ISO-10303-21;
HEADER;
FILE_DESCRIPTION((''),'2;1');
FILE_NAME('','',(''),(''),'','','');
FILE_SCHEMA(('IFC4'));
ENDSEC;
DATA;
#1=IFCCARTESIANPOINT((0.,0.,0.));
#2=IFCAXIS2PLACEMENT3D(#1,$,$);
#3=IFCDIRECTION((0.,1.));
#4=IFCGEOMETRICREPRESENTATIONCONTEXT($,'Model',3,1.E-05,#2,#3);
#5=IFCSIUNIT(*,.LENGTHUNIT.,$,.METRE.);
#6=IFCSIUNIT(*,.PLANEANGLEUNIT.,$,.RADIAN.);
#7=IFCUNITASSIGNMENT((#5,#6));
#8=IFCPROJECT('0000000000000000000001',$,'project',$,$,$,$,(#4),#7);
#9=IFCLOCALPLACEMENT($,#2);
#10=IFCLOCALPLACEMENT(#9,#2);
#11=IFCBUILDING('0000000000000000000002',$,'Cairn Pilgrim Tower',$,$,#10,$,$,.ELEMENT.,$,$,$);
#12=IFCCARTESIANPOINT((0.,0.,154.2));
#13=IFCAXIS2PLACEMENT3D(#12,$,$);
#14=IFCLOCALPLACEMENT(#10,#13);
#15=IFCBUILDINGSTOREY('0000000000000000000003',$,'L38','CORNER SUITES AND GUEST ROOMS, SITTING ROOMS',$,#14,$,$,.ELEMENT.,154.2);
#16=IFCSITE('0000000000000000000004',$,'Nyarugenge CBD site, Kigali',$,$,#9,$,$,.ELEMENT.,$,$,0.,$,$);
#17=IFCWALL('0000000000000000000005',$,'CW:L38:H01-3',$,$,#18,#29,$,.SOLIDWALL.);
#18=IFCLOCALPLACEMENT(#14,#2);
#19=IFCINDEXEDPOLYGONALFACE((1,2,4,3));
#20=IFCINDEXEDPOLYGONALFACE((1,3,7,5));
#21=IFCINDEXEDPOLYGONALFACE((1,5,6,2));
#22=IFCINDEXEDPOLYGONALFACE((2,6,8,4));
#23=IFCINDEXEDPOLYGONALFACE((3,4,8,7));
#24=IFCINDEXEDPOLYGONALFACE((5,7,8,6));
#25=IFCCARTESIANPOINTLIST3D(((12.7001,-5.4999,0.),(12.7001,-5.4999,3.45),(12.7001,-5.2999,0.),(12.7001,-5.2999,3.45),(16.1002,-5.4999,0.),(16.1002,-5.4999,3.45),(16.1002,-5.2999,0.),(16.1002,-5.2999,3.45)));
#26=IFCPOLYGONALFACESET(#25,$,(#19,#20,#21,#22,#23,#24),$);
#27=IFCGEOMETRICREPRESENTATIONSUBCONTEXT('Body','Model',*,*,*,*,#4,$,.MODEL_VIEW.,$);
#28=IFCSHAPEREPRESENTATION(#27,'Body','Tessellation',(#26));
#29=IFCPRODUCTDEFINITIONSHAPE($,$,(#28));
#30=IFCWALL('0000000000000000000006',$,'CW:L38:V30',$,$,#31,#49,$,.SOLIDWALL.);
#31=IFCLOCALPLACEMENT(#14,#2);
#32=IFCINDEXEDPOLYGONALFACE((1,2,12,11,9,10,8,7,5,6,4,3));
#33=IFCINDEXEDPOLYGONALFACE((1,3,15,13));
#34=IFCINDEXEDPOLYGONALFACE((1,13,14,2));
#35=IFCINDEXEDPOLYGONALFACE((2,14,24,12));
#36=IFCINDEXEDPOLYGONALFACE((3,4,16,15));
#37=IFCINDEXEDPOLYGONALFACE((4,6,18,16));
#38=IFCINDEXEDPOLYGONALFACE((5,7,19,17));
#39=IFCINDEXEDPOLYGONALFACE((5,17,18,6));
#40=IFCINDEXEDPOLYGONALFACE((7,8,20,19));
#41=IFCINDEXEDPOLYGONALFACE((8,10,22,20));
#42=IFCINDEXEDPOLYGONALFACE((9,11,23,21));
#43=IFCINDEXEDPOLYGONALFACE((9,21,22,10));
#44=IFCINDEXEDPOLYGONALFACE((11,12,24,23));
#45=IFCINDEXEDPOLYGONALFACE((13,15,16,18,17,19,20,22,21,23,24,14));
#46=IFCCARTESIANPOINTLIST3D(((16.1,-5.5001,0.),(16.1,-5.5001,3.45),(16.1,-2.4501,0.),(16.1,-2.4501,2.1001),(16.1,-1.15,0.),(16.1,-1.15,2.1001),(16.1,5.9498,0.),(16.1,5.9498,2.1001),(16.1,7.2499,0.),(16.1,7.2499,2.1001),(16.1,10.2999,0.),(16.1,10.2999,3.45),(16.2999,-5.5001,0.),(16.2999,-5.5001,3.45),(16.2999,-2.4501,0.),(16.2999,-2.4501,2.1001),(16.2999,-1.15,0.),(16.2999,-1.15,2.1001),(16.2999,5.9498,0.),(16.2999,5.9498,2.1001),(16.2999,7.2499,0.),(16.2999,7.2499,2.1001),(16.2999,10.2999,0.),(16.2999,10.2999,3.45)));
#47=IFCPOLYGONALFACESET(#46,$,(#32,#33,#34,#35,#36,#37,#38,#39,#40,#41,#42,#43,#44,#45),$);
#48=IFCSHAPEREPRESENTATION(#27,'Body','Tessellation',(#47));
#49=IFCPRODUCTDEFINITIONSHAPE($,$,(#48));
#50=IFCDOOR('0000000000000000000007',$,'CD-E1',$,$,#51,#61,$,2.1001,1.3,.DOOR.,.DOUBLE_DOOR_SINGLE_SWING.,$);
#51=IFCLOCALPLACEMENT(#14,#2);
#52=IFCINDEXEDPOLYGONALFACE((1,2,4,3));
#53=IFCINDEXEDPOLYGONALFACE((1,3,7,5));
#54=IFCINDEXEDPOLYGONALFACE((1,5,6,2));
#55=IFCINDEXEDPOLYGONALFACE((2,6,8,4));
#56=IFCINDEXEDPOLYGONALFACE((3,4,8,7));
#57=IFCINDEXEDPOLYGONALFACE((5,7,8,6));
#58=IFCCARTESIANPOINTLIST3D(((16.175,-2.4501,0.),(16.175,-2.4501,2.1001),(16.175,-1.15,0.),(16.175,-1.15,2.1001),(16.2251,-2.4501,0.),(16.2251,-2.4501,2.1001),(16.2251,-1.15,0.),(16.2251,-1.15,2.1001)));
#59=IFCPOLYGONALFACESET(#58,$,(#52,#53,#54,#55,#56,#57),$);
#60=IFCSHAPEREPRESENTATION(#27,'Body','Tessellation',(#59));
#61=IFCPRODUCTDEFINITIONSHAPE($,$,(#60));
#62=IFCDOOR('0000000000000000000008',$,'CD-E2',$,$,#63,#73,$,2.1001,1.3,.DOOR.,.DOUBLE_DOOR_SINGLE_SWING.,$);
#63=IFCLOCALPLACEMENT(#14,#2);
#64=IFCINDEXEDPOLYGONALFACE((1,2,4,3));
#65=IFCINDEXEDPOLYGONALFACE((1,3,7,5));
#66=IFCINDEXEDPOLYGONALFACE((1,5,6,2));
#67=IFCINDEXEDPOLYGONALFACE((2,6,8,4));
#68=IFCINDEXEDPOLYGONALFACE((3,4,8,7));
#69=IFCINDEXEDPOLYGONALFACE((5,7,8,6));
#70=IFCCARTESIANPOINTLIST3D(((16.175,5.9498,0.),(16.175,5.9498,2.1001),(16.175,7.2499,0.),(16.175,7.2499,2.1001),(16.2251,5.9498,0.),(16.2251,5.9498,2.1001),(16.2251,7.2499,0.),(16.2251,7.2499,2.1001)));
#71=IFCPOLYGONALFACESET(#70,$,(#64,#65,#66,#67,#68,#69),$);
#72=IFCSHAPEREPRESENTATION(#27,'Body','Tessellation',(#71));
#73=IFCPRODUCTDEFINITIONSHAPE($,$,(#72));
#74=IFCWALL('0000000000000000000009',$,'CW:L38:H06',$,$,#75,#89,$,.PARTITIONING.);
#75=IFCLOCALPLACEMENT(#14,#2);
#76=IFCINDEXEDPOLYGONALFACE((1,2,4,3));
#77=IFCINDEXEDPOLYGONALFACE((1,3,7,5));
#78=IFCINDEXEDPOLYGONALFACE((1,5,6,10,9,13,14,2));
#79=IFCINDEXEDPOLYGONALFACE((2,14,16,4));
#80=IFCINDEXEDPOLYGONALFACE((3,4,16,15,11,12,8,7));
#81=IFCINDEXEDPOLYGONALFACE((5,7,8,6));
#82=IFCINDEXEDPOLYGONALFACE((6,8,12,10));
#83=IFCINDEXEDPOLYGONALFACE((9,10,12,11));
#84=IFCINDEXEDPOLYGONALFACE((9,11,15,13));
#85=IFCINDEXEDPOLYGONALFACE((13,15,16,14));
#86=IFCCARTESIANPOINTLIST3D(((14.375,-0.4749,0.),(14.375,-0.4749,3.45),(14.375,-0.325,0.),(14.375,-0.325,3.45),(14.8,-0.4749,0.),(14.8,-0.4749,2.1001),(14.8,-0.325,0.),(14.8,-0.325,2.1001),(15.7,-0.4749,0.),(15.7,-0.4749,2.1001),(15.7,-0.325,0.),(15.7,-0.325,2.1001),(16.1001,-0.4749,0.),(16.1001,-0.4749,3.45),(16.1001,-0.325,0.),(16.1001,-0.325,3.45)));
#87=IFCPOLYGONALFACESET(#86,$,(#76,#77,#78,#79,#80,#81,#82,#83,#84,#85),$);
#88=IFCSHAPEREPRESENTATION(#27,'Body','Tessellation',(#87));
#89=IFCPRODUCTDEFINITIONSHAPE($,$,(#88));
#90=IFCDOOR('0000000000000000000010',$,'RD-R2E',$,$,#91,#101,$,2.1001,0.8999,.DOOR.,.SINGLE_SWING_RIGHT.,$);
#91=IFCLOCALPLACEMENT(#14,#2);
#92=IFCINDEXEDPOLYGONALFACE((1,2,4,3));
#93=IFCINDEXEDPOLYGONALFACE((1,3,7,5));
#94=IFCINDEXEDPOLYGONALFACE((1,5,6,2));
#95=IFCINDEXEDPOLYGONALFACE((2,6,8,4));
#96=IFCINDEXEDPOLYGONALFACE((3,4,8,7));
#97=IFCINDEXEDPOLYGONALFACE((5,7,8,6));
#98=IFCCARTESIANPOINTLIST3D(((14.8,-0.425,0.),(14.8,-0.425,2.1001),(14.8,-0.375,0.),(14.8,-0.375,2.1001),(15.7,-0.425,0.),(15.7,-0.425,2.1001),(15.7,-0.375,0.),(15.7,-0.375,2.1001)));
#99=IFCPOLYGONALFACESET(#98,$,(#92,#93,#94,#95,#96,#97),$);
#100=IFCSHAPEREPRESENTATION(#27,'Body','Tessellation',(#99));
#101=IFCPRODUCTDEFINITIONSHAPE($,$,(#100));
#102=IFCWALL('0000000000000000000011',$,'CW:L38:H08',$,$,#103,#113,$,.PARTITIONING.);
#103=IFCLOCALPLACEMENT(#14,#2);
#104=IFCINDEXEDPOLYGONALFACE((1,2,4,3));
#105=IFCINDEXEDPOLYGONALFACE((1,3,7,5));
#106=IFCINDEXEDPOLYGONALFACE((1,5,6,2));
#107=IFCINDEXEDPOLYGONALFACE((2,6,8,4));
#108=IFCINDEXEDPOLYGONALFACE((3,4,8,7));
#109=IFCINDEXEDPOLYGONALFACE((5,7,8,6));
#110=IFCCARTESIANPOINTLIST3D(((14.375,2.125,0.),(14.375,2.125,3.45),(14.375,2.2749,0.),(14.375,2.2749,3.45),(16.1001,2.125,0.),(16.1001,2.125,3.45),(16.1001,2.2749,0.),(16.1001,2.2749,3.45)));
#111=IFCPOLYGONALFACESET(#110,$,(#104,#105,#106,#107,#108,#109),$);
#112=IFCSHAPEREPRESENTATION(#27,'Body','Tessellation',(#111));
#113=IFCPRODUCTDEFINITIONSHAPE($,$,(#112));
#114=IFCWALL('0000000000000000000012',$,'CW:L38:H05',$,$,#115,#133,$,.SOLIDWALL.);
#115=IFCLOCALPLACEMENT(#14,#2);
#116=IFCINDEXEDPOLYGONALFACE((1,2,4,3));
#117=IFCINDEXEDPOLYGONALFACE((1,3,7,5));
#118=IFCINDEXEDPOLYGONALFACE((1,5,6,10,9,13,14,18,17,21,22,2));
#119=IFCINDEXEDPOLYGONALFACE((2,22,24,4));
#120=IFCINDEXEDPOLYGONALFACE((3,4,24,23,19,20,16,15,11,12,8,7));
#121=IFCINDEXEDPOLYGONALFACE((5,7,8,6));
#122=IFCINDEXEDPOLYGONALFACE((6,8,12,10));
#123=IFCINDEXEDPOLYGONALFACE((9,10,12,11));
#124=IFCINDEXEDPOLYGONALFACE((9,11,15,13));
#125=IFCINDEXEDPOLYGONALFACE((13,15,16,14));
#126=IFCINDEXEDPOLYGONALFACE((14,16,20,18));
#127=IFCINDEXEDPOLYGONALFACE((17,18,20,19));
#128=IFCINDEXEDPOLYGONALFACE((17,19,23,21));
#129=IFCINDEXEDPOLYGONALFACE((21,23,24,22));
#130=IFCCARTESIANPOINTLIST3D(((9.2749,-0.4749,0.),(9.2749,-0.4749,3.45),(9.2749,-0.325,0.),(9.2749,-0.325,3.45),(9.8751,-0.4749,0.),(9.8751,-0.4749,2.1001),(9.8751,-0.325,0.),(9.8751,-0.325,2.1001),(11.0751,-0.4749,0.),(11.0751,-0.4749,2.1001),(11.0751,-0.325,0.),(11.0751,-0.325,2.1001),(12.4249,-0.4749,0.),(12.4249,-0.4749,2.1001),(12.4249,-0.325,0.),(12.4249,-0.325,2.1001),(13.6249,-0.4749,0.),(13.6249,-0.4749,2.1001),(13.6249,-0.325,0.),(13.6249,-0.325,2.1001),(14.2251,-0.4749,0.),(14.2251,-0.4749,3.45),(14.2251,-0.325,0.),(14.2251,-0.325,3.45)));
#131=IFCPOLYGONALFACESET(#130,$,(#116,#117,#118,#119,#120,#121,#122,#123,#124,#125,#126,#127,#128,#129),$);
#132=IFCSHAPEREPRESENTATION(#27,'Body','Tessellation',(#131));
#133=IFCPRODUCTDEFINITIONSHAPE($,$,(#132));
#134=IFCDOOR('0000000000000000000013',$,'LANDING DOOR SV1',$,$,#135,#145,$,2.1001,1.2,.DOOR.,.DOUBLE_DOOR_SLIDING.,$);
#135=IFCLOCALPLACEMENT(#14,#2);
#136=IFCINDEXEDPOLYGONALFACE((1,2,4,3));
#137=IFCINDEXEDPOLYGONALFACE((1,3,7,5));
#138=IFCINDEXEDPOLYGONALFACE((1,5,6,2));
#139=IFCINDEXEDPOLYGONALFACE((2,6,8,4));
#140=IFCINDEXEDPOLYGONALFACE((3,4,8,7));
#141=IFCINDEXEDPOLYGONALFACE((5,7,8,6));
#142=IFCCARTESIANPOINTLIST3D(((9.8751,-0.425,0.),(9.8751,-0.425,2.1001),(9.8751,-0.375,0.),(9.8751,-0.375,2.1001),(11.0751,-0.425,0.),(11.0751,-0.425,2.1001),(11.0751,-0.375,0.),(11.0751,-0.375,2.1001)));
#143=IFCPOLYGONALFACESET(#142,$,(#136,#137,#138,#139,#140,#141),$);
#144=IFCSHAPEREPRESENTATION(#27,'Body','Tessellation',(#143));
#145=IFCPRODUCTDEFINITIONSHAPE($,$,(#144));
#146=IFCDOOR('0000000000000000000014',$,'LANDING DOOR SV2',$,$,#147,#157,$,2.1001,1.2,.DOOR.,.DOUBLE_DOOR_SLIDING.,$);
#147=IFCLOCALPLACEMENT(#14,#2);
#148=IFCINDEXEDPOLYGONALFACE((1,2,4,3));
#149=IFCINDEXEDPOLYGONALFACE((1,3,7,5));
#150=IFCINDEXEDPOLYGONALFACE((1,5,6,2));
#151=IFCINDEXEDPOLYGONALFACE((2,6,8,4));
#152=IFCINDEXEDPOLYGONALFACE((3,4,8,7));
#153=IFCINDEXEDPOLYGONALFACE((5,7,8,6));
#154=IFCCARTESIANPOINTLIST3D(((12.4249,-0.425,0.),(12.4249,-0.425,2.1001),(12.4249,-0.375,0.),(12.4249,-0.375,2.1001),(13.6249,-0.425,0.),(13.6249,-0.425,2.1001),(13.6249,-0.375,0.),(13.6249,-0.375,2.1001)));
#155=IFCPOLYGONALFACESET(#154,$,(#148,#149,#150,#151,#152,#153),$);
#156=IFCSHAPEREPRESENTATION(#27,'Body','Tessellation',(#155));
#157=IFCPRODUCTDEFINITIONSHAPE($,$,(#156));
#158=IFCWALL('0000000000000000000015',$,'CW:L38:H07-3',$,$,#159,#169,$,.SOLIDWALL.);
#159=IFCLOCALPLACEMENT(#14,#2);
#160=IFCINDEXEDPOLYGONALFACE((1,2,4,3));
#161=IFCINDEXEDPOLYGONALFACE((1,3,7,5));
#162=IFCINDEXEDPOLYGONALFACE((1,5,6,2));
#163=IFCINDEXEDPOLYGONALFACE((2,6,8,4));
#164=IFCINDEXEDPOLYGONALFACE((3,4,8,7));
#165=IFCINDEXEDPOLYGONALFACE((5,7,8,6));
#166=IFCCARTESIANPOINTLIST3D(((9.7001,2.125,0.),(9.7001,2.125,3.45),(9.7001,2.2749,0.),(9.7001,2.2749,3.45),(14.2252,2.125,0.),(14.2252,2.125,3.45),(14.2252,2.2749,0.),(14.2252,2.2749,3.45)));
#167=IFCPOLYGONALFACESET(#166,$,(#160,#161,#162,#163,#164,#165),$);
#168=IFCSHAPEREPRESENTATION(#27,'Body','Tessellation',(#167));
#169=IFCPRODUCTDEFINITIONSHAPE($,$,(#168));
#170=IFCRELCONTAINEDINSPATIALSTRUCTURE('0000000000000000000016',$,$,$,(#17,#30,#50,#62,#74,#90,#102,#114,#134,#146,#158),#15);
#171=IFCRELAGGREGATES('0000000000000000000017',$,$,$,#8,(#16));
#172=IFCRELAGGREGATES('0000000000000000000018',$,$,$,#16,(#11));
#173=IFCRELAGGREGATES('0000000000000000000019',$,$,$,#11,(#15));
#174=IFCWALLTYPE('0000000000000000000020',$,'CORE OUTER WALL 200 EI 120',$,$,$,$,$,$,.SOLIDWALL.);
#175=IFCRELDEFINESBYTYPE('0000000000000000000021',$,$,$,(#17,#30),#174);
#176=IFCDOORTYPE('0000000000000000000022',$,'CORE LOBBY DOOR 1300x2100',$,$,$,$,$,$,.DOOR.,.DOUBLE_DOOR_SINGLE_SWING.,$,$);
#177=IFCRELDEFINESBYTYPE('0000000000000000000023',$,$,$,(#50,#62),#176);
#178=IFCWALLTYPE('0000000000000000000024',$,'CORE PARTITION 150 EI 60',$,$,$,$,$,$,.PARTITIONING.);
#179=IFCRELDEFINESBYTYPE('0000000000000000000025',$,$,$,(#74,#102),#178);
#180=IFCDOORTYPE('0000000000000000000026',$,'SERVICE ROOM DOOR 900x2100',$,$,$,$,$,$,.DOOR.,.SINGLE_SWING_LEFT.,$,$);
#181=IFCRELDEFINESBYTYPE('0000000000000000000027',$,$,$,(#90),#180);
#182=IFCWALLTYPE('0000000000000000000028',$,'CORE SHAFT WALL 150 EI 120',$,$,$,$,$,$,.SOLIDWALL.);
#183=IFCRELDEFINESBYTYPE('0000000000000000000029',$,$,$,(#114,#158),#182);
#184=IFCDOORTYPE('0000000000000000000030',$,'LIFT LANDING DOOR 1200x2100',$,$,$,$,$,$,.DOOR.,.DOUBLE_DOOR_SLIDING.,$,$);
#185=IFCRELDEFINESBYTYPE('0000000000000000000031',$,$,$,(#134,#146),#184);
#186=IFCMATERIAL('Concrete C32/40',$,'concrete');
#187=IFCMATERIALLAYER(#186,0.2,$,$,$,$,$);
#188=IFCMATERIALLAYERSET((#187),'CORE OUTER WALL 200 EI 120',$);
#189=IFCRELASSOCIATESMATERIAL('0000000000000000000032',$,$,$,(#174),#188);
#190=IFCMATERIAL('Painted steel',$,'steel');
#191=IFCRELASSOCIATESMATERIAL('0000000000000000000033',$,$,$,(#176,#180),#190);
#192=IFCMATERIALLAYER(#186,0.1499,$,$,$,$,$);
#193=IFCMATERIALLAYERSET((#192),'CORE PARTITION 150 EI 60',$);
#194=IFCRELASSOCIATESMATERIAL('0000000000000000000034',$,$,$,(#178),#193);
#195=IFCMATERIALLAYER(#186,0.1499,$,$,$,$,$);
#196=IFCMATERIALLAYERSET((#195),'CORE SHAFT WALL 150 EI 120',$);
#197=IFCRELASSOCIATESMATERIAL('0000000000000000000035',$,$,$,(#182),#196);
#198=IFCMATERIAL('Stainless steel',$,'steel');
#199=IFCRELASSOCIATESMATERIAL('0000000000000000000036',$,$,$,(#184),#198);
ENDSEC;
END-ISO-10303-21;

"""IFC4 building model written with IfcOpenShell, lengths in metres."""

from ifc_helpers import new_model, si_unit, direction, frame, frame_2d, origin, place, context, subcontext, project, spatial, rectangle, extrude, material, layer, layer_set, type_object, element, fill, save


model = new_model("IFC4")

# Units and contexts
model_context = context("Model", 3, precision=1e-05, world=origin(), true_north=direction((0.0, 1.0)))
body_context = subcontext(model_context, "Body", "Model", "MODEL_VIEW")
ifc_project = project(units=[si_unit("LENGTHUNIT", "METRE"), si_unit("PLANEANGLEUNIT", "RADIAN")], contexts=[model_context])

# Site, building, storey
site_placement = place(None, origin())
site = spatial("IfcSite", under=ifc_project, at=site_placement, Name="Nyarugenge CBD site, Kigali", CompositionType="ELEMENT", RefElevation=0.0)
building_placement = place(site_placement, origin())
building = spatial("IfcBuilding", under=site, at=building_placement, Name="Cairn Pilgrim Tower", CompositionType="ELEMENT")
storey_placement = place(building_placement, frame((0.0, 0.0, 154.2)))
storey = spatial("IfcBuildingStorey", under=building, at=storey_placement, Name="L38", Description="CORNER SUITES AND GUEST ROOMS, SITTING ROOMS", CompositionType="ELEMENT", Elevation=154.2)

# Wall
ifc_material_1 = material(Name="Concrete C32/40", Category="concrete")
ifc_layer_1 = layer(ifc_material_1, 0.2)
ifc_layer_set_1 = layer_set([ifc_layer_1], Name="CORE OUTER WALL 200 EI 120")
wall_type_1 = type_object("IfcWallType", Name="CORE OUTER WALL 200 EI 120", PredefinedType="SOLIDWALL", material=ifc_layer_set_1)
wall_1_placement = place(storey_placement, frame((12.7, -5.3999, 0.0), z_axis=(0.0, 0.0, 1.0), x_axis=(1.0, 0.0, 0.0)))
element("IfcWall", 1, at=wall_1_placement, inside=storey, type_object=wall_type_1, Name="CW:L38:H01-3", PredefinedType="SOLIDWALL", context=body_context, shape_type="SweptSolid", body=[
    extrude(rectangle(XDim=3.4001, YDim=0.2, at=frame_2d((1.7002, 0.0))), origin(), (0.0, 0.0, 1.0), 3.45),
])

# Wall, openings, doors
wall_2_placement = place(storey_placement, frame((16.2, -5.5, 0.0), z_axis=(0.0, 0.0, 1.0), x_axis=(0.0, 1.0, 0.0)))
wall_2 = element("IfcWall", 2, at=wall_2_placement, inside=storey, type_object=wall_type_1, Name="CW:L38:V30", PredefinedType="SOLIDWALL", context=body_context, shape_type="SweptSolid", body=[
    extrude(rectangle(XDim=15.8, YDim=0.2, at=frame_2d((7.8999, 0.0))), origin(), (0.0, 0.0, 1.0), 3.45),
])
opening_1_placement = place(wall_2_placement, frame((3.05, 0.0, 0.0)))
opening_1 = element("IfcOpeningElement", 3, at=opening_1_placement, cuts=wall_2, PredefinedType="OPENING", context=body_context, shape_type="SweptSolid", body=[
    extrude(rectangle(XDim=1.3, YDim=2.1001, at=frame_2d((0.6499, 1.05))), frame((0.0, 0.1099, 0.0), z_axis=(0.0, -1.0, 0.0), x_axis=(1.0, 0.0, 0.0)), (0.0, 0.0, 1.0), 0.22),
])
opening_2_placement = place(wall_2_placement, frame((11.45, 0.0, 0.0)))
opening_2 = element("IfcOpeningElement", 4, at=opening_2_placement, cuts=wall_2, PredefinedType="OPENING", context=body_context, shape_type="SweptSolid", body=[
    extrude(rectangle(XDim=1.3, YDim=2.1001, at=frame_2d((0.6499, 1.05))), frame((0.0, 0.1099, 0.0), z_axis=(0.0, -1.0, 0.0), x_axis=(1.0, 0.0, 0.0)), (0.0, 0.0, 1.0), 0.22),
])
ifc_material_2 = material(Name="Painted steel", Category="steel")
door_type_1 = type_object("IfcDoorType", Name="CORE LOBBY DOOR 1300x2100", OperationType="DOUBLE_DOOR_SINGLE_SWING", PredefinedType="DOOR", material=ifc_material_2)
door_1_placement = place(opening_1_placement, origin())
door_1 = element("IfcDoor", 5, at=door_1_placement, inside=storey, type_object=door_type_1, Name="CD-E1", OperationType="DOUBLE_DOOR_SINGLE_SWING", OverallHeight=2.1001, OverallWidth=1.3, PredefinedType="DOOR", context=body_context, shape_type="SweptSolid", body=[
    extrude(rectangle(XDim=1.3, YDim=2.1001, at=frame_2d((0.6499, 1.05))), frame((0.0, 0.0249, 0.0), z_axis=(0.0, -1.0, 0.0), x_axis=(1.0, 0.0, 0.0)), (0.0, 0.0, 1.0), 0.05),
])
fill(opening_1, door_1)
door_2_placement = place(opening_2_placement, origin())
door_2 = element("IfcDoor", 6, at=door_2_placement, inside=storey, type_object=door_type_1, Name="CD-E2", OperationType="DOUBLE_DOOR_SINGLE_SWING", OverallHeight=2.1001, OverallWidth=1.3, PredefinedType="DOOR", context=body_context, shape_type="SweptSolid", body=[
    extrude(rectangle(XDim=1.3, YDim=2.1001, at=frame_2d((0.6499, 1.05))), frame((0.0, 0.0249, 0.0), z_axis=(0.0, -1.0, 0.0), x_axis=(1.0, 0.0, 0.0)), (0.0, 0.0, 1.0), 0.05),
])
fill(opening_2, door_2)

# Wall, opening, door
ifc_layer_2 = layer(ifc_material_1, 0.1499)
ifc_layer_set_2 = layer_set([ifc_layer_2], Name="CORE PARTITION 150 EI 60")
wall_type_2 = type_object("IfcWallType", Name="CORE PARTITION 150 EI 60", PredefinedType="PARTITIONING", material=ifc_layer_set_2)
wall_3_placement = place(storey_placement, frame((14.375, -0.3999, 0.0), z_axis=(0.0, 0.0, 1.0), x_axis=(1.0, 0.0, 0.0)))
wall_3 = element("IfcWall", 7, at=wall_3_placement, inside=storey, type_object=wall_type_2, Name="CW:L38:H06", PredefinedType="PARTITIONING", context=body_context, shape_type="SweptSolid", body=[
    extrude(rectangle(XDim=1.7251, YDim=0.1499, at=frame_2d((0.8625, 0.0))), origin(), (0.0, 0.0, 1.0), 3.45),
])
opening_3_placement = place(wall_3_placement, frame((0.425, 0.0, 0.0)))
opening_3 = element("IfcOpeningElement", 8, at=opening_3_placement, cuts=wall_3, PredefinedType="OPENING", context=body_context, shape_type="SweptSolid", body=[
    extrude(rectangle(XDim=0.8999, YDim=2.1001, at=frame_2d((0.45, 1.05))), frame((0.0, 0.085, 0.0), z_axis=(0.0, -1.0, 0.0), x_axis=(1.0, 0.0, 0.0)), (0.0, 0.0, 1.0), 0.1699),
])
door_type_2 = type_object("IfcDoorType", Name="SERVICE ROOM DOOR 900x2100", OperationType="SINGLE_SWING_LEFT", PredefinedType="DOOR", material=ifc_material_2)
door_3_placement = place(opening_3_placement, origin())
door_3 = element("IfcDoor", 9, at=door_3_placement, inside=storey, type_object=door_type_2, Name="RD-R2E", OperationType="SINGLE_SWING_RIGHT", OverallHeight=2.1001, OverallWidth=0.8999, PredefinedType="DOOR", context=body_context, shape_type="SweptSolid", body=[
    extrude(rectangle(XDim=0.8999, YDim=2.1001, at=frame_2d((0.45, 1.05))), frame((0.0, 0.0249, 0.0), z_axis=(0.0, -1.0, 0.0), x_axis=(1.0, 0.0, 0.0)), (0.0, 0.0, 1.0), 0.05),
])
fill(opening_3, door_3)

# Wall
wall_4_placement = place(storey_placement, frame((14.375, 2.2, 0.0), z_axis=(0.0, 0.0, 1.0), x_axis=(1.0, 0.0, 0.0)))
element("IfcWall", 10, at=wall_4_placement, inside=storey, type_object=wall_type_2, Name="CW:L38:H08", PredefinedType="PARTITIONING", context=body_context, shape_type="SweptSolid", body=[
    extrude(rectangle(XDim=1.7251, YDim=0.1499, at=frame_2d((0.8625, 0.0))), origin(), (0.0, 0.0, 1.0), 3.45),
])

# Wall, openings, doors
ifc_layer_3 = layer(ifc_material_1, 0.1499)
ifc_layer_set_3 = layer_set([ifc_layer_3], Name="CORE SHAFT WALL 150 EI 120")
wall_type_3 = type_object("IfcWallType", Name="CORE SHAFT WALL 150 EI 120", PredefinedType="SOLIDWALL", material=ifc_layer_set_3)
wall_5_placement = place(storey_placement, frame((9.2749, -0.3999, 0.0), z_axis=(0.0, 0.0, 1.0), x_axis=(1.0, 0.0, 0.0)))
wall_5 = element("IfcWall", 11, at=wall_5_placement, inside=storey, type_object=wall_type_3, Name="CW:L38:H05", PredefinedType="SOLIDWALL", context=body_context, shape_type="SweptSolid", body=[
    extrude(rectangle(XDim=4.9502, YDim=0.1499, at=frame_2d((2.4751, 0.0))), origin(), (0.0, 0.0, 1.0), 3.45),
])
opening_4_placement = place(wall_5_placement, frame((0.6001, 0.0, 0.0)))
opening_4 = element("IfcOpeningElement", 12, at=opening_4_placement, cuts=wall_5, PredefinedType="OPENING", context=body_context, shape_type="SweptSolid", body=[
    extrude(rectangle(XDim=1.2, YDim=2.1001, at=frame_2d((0.6001, 1.05))), frame((0.0, 0.085, 0.0), z_axis=(0.0, -1.0, 0.0), x_axis=(1.0, 0.0, 0.0)), (0.0, 0.0, 1.0), 0.1699),
])
opening_5_placement = place(wall_5_placement, frame((3.1499, 0.0, 0.0)))
opening_5 = element("IfcOpeningElement", 13, at=opening_5_placement, cuts=wall_5, PredefinedType="OPENING", context=body_context, shape_type="SweptSolid", body=[
    extrude(rectangle(XDim=1.2, YDim=2.1001, at=frame_2d((0.6001, 1.05))), frame((0.0, 0.085, 0.0), z_axis=(0.0, -1.0, 0.0), x_axis=(1.0, 0.0, 0.0)), (0.0, 0.0, 1.0), 0.1699),
])
ifc_material_3 = material(Name="Stainless steel", Category="steel")
door_type_3 = type_object("IfcDoorType", Name="LIFT LANDING DOOR 1200x2100", OperationType="DOUBLE_DOOR_SLIDING", PredefinedType="DOOR", material=ifc_material_3)
door_4_placement = place(opening_4_placement, origin())
door_4 = element("IfcDoor", 14, at=door_4_placement, inside=storey, type_object=door_type_3, Name="LANDING DOOR SV1", OperationType="DOUBLE_DOOR_SLIDING", OverallHeight=2.1001, OverallWidth=1.2, PredefinedType="DOOR", context=body_context, shape_type="SweptSolid", body=[
    extrude(rectangle(XDim=1.2, YDim=2.1001, at=frame_2d((0.6001, 1.05))), frame((0.0, 0.0249, 0.0), z_axis=(0.0, -1.0, 0.0), x_axis=(1.0, 0.0, 0.0)), (0.0, 0.0, 1.0), 0.05),
])
fill(opening_4, door_4)
door_5_placement = place(opening_5_placement, origin())
door_5 = element("IfcDoor", 15, at=door_5_placement, inside=storey, type_object=door_type_3, Name="LANDING DOOR SV2", OperationType="DOUBLE_DOOR_SLIDING", OverallHeight=2.1001, OverallWidth=1.2, PredefinedType="DOOR", context=body_context, shape_type="SweptSolid", body=[
    extrude(rectangle(XDim=1.2, YDim=2.1001, at=frame_2d((0.6001, 1.05))), frame((0.0, 0.0249, 0.0), z_axis=(0.0, -1.0, 0.0), x_axis=(1.0, 0.0, 0.0)), (0.0, 0.0, 1.0), 0.05),
])
fill(opening_5, door_5)

# Wall
wall_6_placement = place(storey_placement, frame((9.7, 2.2, 0.0), z_axis=(0.0, 0.0, 1.0), x_axis=(1.0, 0.0, 0.0)))
element("IfcWall", 16, at=wall_6_placement, inside=storey, type_object=wall_type_3, Name="CW:L38:H07-3", PredefinedType="SOLIDWALL", context=body_context, shape_type="SweptSolid", body=[
    extrude(rectangle(XDim=4.5251, YDim=0.1499, at=frame_2d((2.2627, 0.0))), origin(), (0.0, 0.0, 1.0), 3.45),
])

save(model, "model.ifc")
